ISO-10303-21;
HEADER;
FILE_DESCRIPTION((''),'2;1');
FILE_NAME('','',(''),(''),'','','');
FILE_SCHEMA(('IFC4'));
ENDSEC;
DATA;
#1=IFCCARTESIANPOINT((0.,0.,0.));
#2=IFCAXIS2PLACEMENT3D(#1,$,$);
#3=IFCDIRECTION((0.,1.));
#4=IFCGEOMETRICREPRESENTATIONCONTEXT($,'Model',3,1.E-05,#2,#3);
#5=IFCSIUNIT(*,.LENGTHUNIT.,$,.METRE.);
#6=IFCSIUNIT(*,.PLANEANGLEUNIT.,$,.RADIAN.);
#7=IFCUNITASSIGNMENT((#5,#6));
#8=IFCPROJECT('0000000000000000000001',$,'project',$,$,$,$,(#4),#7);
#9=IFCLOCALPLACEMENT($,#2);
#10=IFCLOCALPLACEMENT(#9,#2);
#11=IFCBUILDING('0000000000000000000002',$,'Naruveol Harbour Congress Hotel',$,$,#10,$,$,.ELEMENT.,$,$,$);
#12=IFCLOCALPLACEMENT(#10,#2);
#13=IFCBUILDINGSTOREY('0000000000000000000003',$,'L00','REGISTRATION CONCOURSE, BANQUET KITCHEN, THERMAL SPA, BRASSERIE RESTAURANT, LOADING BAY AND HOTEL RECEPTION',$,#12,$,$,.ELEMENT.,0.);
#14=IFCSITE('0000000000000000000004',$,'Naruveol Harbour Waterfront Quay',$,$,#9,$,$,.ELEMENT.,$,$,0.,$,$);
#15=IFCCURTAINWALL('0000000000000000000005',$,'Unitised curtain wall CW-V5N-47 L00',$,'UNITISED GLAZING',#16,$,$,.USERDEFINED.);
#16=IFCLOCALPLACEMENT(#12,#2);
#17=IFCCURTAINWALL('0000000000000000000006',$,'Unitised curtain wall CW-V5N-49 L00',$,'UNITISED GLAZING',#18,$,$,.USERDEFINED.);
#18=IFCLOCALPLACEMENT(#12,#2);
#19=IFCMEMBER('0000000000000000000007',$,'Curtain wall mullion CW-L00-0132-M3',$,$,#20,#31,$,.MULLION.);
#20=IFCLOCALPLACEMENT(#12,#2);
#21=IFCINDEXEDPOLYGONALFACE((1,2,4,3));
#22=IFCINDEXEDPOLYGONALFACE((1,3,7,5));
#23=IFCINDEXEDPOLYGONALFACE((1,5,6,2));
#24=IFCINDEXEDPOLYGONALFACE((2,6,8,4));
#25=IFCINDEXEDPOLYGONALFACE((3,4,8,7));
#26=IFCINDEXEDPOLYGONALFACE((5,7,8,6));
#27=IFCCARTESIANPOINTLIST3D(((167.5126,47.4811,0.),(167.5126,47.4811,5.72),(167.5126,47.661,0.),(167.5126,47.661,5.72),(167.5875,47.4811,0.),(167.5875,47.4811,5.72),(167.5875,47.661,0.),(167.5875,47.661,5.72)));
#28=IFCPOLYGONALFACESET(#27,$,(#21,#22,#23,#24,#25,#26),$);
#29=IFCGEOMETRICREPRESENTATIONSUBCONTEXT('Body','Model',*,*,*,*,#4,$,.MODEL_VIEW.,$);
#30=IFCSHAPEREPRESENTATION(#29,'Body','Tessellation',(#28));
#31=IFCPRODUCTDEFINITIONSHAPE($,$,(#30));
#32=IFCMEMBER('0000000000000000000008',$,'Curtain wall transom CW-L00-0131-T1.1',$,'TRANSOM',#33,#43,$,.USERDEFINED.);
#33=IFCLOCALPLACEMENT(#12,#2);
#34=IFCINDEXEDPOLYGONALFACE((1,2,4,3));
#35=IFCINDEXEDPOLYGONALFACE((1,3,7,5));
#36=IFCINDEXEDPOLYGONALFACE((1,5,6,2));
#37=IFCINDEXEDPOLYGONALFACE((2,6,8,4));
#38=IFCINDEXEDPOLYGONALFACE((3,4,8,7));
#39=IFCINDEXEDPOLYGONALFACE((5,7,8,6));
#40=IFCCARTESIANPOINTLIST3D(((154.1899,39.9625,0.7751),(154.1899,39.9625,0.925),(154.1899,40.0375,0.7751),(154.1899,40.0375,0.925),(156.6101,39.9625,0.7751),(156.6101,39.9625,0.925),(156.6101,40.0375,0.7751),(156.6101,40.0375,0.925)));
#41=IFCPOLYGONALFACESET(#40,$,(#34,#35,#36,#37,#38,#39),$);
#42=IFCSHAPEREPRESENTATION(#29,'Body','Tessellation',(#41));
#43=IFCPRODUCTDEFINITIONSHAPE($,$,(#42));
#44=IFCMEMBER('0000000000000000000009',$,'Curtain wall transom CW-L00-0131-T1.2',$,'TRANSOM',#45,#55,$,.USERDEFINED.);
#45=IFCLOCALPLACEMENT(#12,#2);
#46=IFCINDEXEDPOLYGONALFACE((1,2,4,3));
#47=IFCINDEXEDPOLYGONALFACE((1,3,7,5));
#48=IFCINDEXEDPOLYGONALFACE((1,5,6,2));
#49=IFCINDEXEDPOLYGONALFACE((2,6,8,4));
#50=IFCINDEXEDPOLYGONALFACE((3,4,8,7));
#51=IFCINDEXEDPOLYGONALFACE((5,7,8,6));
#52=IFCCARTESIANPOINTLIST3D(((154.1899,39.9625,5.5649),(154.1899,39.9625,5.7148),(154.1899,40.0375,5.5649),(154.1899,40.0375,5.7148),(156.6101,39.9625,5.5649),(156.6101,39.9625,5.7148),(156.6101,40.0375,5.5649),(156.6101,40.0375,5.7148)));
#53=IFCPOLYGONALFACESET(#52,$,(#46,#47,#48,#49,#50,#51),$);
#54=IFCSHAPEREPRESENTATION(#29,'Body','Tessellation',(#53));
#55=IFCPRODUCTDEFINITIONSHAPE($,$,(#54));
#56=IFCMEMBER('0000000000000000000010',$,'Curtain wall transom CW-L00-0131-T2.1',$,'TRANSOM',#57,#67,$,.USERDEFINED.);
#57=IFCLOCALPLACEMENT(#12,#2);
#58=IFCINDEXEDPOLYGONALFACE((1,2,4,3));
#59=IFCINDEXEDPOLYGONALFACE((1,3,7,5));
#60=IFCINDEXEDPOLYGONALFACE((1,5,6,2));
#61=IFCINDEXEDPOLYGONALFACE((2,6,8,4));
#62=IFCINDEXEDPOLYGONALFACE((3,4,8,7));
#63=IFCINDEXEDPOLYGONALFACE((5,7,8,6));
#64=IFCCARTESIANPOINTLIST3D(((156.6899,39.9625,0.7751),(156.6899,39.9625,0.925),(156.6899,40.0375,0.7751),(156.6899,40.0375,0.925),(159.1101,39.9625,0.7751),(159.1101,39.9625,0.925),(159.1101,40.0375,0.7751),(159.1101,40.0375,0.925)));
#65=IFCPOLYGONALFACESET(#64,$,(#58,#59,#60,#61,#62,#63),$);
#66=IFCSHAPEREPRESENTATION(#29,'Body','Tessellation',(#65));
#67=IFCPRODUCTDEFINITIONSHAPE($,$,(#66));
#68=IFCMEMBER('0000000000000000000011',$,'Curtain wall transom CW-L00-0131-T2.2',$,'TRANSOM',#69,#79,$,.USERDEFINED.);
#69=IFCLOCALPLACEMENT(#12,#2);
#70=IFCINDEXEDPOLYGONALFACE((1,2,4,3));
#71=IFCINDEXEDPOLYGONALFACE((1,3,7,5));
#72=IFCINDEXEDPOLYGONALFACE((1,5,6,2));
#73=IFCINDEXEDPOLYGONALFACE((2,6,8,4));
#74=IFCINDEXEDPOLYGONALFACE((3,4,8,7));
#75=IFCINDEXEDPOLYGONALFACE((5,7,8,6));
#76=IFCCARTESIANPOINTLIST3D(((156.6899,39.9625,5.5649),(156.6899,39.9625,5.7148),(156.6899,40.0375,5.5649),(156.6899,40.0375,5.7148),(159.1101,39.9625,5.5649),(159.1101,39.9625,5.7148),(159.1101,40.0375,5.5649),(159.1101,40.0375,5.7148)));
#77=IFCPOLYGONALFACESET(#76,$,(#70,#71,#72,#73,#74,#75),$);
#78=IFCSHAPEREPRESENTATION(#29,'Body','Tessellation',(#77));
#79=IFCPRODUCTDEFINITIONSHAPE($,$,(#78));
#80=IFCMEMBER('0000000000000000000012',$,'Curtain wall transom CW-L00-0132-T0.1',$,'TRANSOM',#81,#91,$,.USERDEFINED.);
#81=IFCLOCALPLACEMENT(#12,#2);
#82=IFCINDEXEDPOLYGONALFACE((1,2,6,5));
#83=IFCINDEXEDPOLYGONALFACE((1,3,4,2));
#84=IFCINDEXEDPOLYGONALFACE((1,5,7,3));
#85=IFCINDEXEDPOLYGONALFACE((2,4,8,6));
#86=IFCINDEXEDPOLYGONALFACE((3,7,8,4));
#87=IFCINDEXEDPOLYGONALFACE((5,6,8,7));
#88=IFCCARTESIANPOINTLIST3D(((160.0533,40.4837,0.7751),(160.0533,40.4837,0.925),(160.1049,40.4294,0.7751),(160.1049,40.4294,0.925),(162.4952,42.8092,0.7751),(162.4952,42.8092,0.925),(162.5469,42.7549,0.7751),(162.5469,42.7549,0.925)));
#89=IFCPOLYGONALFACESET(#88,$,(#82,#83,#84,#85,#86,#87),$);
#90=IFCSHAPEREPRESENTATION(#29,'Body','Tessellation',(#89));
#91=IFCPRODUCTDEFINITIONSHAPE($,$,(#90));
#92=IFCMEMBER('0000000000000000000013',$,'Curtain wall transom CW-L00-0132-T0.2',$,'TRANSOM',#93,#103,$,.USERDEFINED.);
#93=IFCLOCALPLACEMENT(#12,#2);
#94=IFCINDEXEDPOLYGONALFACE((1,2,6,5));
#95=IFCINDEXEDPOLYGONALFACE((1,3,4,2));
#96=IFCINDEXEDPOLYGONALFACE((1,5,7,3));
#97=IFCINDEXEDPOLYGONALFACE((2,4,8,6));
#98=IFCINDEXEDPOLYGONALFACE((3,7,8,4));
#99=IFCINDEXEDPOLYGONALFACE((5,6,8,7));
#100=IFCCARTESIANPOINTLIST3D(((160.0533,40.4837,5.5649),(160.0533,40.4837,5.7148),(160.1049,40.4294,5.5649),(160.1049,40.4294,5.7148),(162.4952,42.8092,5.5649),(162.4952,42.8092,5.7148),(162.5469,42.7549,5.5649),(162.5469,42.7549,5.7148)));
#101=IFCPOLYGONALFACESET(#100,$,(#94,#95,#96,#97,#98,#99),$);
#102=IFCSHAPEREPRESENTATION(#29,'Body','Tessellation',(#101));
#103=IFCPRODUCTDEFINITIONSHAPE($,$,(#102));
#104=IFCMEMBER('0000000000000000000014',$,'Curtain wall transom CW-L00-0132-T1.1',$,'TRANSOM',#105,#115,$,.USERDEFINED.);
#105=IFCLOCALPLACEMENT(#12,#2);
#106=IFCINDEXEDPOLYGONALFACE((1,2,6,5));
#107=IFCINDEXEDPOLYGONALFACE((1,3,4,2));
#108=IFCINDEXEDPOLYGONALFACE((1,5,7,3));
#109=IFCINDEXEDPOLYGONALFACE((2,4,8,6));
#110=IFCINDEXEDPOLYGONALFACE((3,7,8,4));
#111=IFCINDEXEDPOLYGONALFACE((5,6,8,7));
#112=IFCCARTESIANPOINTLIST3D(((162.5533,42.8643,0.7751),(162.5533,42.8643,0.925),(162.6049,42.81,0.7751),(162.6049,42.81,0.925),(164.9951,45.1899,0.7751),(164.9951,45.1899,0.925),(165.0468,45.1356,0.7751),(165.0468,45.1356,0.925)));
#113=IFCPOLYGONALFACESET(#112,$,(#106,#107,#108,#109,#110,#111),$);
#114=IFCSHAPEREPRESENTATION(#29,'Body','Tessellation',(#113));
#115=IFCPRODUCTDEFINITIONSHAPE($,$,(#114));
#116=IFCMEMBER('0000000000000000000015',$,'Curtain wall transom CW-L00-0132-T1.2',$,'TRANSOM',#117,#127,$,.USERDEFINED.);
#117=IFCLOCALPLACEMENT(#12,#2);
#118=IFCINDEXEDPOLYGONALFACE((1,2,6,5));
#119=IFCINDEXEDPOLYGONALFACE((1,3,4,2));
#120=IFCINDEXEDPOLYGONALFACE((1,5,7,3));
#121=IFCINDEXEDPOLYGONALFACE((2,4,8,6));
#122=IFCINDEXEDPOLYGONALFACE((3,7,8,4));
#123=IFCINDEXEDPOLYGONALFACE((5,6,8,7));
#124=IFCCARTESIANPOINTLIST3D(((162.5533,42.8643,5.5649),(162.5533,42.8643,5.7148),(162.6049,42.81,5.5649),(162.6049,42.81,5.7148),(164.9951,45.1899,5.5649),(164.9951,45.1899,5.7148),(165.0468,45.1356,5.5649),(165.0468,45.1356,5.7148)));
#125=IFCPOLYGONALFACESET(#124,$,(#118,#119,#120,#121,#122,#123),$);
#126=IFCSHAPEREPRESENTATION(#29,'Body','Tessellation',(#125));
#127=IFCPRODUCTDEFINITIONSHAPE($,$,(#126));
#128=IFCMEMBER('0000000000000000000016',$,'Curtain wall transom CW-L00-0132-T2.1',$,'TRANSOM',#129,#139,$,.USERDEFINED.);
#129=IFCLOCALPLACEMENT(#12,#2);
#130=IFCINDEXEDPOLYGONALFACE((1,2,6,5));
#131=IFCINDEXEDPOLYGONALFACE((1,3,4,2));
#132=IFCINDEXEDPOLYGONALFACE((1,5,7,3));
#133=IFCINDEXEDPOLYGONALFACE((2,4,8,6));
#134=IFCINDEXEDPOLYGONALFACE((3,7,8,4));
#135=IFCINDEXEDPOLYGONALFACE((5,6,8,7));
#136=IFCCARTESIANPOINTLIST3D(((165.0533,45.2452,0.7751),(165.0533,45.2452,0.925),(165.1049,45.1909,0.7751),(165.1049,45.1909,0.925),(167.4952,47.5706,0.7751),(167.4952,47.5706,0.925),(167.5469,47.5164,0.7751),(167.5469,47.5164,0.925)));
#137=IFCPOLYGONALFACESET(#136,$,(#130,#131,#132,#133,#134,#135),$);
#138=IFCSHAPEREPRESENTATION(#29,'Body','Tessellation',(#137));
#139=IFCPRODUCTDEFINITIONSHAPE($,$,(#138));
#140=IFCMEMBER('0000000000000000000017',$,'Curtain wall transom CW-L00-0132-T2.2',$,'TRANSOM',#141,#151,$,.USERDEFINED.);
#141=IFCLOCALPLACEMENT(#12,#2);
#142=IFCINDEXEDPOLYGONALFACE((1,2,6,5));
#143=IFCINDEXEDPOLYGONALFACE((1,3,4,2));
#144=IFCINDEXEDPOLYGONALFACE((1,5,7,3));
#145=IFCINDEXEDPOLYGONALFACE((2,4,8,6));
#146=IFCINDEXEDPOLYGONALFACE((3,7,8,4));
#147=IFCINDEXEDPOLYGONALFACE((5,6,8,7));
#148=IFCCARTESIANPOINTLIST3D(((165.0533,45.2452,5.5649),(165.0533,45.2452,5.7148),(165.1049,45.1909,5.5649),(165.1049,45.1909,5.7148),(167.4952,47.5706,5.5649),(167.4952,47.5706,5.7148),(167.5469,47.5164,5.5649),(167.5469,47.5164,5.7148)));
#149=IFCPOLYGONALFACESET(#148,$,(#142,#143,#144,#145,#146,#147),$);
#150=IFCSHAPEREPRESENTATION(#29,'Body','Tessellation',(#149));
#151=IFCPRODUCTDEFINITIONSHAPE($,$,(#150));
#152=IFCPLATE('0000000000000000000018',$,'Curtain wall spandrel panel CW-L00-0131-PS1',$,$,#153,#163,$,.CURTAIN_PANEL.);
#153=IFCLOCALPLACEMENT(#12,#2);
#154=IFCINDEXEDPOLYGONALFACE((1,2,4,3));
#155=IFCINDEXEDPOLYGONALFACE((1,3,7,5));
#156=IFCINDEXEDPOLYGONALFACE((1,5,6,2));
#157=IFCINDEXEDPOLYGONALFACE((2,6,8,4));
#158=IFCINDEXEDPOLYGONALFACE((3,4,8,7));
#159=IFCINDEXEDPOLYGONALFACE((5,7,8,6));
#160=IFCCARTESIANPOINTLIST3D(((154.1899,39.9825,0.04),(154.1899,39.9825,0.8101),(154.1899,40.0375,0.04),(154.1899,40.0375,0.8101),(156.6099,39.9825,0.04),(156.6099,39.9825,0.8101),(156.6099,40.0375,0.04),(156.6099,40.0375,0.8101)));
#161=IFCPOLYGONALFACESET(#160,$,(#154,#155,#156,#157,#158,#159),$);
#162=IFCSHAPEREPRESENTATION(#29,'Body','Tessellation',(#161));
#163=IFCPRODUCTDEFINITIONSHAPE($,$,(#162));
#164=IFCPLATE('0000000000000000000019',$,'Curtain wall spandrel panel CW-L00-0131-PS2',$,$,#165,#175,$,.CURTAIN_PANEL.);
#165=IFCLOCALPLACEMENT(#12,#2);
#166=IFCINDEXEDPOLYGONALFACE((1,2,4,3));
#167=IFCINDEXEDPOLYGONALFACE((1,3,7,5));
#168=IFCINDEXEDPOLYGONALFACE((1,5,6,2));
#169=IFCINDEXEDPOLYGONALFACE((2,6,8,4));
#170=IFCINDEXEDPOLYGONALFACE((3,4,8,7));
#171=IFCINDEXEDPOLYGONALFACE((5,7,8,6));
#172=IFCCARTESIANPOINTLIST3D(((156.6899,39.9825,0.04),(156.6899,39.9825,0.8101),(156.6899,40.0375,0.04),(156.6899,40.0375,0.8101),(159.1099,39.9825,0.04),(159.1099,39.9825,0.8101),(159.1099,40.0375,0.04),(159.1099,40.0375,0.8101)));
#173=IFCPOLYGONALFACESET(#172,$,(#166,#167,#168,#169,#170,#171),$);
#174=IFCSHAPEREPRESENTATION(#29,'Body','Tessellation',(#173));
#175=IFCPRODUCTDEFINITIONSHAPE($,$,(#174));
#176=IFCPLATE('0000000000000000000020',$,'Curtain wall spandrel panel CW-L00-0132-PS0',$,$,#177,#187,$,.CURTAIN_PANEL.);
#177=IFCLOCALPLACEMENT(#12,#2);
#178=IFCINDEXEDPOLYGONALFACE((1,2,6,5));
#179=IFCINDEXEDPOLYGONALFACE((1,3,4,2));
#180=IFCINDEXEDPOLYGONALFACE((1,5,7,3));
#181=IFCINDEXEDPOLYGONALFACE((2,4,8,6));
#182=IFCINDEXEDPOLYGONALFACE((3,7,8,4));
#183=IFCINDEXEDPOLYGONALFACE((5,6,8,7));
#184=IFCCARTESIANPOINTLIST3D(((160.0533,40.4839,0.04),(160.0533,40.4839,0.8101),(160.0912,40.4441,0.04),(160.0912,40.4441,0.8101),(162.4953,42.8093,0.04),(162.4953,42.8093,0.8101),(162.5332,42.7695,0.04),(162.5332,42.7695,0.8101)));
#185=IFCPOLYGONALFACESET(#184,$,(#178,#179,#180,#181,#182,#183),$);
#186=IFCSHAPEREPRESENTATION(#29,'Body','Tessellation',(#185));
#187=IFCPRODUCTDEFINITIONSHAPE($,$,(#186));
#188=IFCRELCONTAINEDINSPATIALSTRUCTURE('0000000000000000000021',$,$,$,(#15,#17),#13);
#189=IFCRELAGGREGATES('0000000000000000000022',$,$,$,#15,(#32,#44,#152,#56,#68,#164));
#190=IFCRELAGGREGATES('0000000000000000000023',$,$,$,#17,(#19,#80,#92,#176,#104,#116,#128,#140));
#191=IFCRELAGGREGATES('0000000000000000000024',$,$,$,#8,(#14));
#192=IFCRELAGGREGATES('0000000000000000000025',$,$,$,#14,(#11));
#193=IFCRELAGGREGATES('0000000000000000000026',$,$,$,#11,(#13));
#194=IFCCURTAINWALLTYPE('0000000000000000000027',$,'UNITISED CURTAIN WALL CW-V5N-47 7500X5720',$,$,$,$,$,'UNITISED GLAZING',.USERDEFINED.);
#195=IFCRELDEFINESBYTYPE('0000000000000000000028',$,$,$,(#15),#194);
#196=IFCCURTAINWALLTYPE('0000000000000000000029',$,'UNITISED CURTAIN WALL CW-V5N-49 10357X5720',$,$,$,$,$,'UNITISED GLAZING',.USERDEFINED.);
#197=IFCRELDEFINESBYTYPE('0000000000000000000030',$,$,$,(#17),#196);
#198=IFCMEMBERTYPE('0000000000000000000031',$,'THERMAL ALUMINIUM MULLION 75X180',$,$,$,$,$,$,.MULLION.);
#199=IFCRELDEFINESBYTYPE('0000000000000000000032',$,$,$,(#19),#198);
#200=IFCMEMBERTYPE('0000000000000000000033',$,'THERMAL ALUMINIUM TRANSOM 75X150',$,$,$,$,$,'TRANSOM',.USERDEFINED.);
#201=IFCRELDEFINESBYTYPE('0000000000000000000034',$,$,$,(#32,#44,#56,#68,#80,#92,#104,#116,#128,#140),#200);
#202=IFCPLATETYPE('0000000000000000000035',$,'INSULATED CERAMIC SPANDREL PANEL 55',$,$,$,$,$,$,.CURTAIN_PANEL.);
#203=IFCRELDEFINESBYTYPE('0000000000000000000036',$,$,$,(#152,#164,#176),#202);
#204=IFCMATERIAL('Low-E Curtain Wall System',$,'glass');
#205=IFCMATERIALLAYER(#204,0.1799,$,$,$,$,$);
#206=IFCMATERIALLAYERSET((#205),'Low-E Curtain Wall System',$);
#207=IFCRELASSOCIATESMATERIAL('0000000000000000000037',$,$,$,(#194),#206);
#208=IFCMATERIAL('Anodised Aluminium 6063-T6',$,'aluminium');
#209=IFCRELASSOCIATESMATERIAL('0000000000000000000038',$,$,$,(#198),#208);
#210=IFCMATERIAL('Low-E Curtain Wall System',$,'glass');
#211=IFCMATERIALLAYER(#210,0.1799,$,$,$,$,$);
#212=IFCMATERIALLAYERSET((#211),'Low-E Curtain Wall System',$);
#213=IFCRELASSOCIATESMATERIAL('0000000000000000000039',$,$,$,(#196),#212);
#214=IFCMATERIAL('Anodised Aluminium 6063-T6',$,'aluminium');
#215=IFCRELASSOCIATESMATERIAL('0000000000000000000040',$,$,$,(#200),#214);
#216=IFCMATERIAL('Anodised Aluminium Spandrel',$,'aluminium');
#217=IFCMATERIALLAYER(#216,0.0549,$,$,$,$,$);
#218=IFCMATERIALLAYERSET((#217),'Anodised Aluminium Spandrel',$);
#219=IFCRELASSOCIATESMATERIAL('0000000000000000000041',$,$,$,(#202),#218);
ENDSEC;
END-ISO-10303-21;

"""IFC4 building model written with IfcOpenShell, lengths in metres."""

from ifc_helpers import new_model, si_unit, direction, frame, origin, origin_2d, place, context, subcontext, project, spatial, rectangle, extrude, material, layer, layer_set, material_profile, profile_set, type_object, element, aggregate, save


model = new_model("IFC4")

# Units and contexts
model_context = context("Model", 3, precision=1e-05, world=origin(), true_north=direction((0.0, 1.0)))
body_context = subcontext(model_context, "Body", "Model", "MODEL_VIEW")
ifc_project = project(units=[si_unit("LENGTHUNIT", "METRE"), si_unit("PLANEANGLEUNIT", "RADIAN")], contexts=[model_context])

# Site, building, storey
site_placement = place(None, origin())
site = spatial("IfcSite", under=ifc_project, at=site_placement, Name="Naruveol Harbour Waterfront Quay", CompositionType="ELEMENT", RefElevation=0.0)
building_placement = place(site_placement, origin())
building = spatial("IfcBuilding", under=site, at=building_placement, Name="Naruveol Harbour Congress Hotel", CompositionType="ELEMENT")
storey_placement = place(building_placement, origin())
storey = spatial("IfcBuildingStorey", under=building, at=storey_placement, Name="L00", Description="REGISTRATION CONCOURSE, BANQUET KITCHEN, THERMAL SPA, BRASSERIE RESTAURANT, LOADING BAY AND HOTEL RECEPTION", CompositionType="ELEMENT", Elevation=0.0)

# Curtain walls, member
ifc_material_1 = material(Name="Low-E Curtain Wall System", Category="glass")
ifc_layer_1 = layer(ifc_material_1, 0.1799)
ifc_layer_set_1 = layer_set([ifc_layer_1], Name="Low-E Curtain Wall System")
curtain_wall_type_1 = type_object("IfcCurtainWallType", Name="UNITISED CURTAIN WALL CW-V5N-47 7500X5720", ElementType="UNITISED GLAZING", PredefinedType="USERDEFINED", material=ifc_layer_set_1)
curtain_wall_1_placement = place(storey_placement, origin())
curtain_wall_1 = element("IfcCurtainWall", 1, at=curtain_wall_1_placement, inside=storey, type_object=curtain_wall_type_1, Name="Unitised curtain wall CW-V5N-47 L00", ObjectType="UNITISED GLAZING", PredefinedType="USERDEFINED")
ifc_material_2 = material(Name="Anodised Aluminium 6063-T6", Category="aluminium")
ifc_material_profile_1 = material_profile(ifc_material_2, rectangle(XDim=0.075, YDim=0.1799, at=origin_2d()), Name="ALU-75x180")
ifc_profile_set_1 = profile_set([ifc_material_profile_1], Name="Anodised Aluminium 6063-T6")
member_type_1 = type_object("IfcMemberType", Name="THERMAL ALUMINIUM MULLION 75X180", PredefinedType="MULLION", material=ifc_profile_set_1)
ifc_material_3 = material(Name="Low-E Curtain Wall System", Category="glass")
ifc_layer_2 = layer(ifc_material_3, 0.1799)
ifc_layer_set_2 = layer_set([ifc_layer_2], Name="Low-E Curtain Wall System")
curtain_wall_type_2 = type_object("IfcCurtainWallType", Name="UNITISED CURTAIN WALL CW-V5N-49 10357X5720", ElementType="UNITISED GLAZING", PredefinedType="USERDEFINED", material=ifc_layer_set_2)
curtain_wall_2_placement = place(storey_placement, origin())
curtain_wall_2 = element("IfcCurtainWall", 2, at=curtain_wall_2_placement, inside=storey, type_object=curtain_wall_type_2, Name="Unitised curtain wall CW-V5N-49 L00", ObjectType="UNITISED GLAZING", PredefinedType="USERDEFINED")
member_1_placement = place(storey_placement, frame((167.55, 47.571, 0.0), z_axis=(0.0, 0.0, 1.0), x_axis=(1.0, 0.0, 0.0)))
member_1 = element("IfcMember", 3, at=member_1_placement, type_object=member_type_1, Name="Curtain wall mullion CW-L00-0132-M3", PredefinedType="MULLION", context=body_context, shape_type="SweptSolid", body=[
    extrude(rectangle(XDim=0.075, YDim=0.1799, at=origin_2d()), origin(), (0.0, 0.0, 1.0), 5.72),
])

# Members
ifc_material_4 = material(Name="Anodised Aluminium 6063-T6", Category="aluminium")
ifc_material_profile_2 = material_profile(ifc_material_4, rectangle(XDim=0.075, YDim=0.1499, at=origin_2d()), Name="ALU-75x150")
ifc_profile_set_2 = profile_set([ifc_material_profile_2], Name="Anodised Aluminium 6063-T6")
member_type_2 = type_object("IfcMemberType", Name="THERMAL ALUMINIUM TRANSOM 75X150", ElementType="TRANSOM", PredefinedType="USERDEFINED", material=ifc_profile_set_2)
member_2_placement = place(storey_placement, frame((154.1899, 40.0, 0.8501), z_axis=(1.0, 0.0, 0.0), x_axis=(0.0, 1.0, 0.0)))
member_2 = element("IfcMember", 4, at=member_2_placement, type_object=member_type_2, Name="Curtain wall transom CW-L00-0131-T1.1", ObjectType="TRANSOM", PredefinedType="USERDEFINED", context=body_context, shape_type="SweptSolid", body=[
    extrude(rectangle(XDim=0.075, YDim=0.1499, at=origin_2d()), origin(), (0.0, 0.0, 1.0), 2.4202),
])
member_3_placement = place(storey_placement, frame((154.1899, 40.0, 5.6399), z_axis=(1.0, 0.0, 0.0), x_axis=(0.0, 1.0, 0.0)))
member_3 = element("IfcMember", 5, at=member_3_placement, type_object=member_type_2, Name="Curtain wall transom CW-L00-0131-T1.2", ObjectType="TRANSOM", PredefinedType="USERDEFINED", context=body_context, shape_type="SweptSolid", body=[
    extrude(rectangle(XDim=0.075, YDim=0.1499, at=origin_2d()), origin(), (0.0, 0.0, 1.0), 2.4202),
])
member_4_placement = place(storey_placement, frame((156.6899, 40.0, 0.8501), z_axis=(1.0, 0.0, 0.0), x_axis=(0.0, 1.0, 0.0)))
member_4 = element("IfcMember", 6, at=member_4_placement, type_object=member_type_2, Name="Curtain wall transom CW-L00-0131-T2.1", ObjectType="TRANSOM", PredefinedType="USERDEFINED", context=body_context, shape_type="SweptSolid", body=[
    extrude(rectangle(XDim=0.075, YDim=0.1499, at=origin_2d()), origin(), (0.0, 0.0, 1.0), 2.4202),
])
member_5_placement = place(storey_placement, frame((156.6899, 40.0, 5.6399), z_axis=(1.0, 0.0, 0.0), x_axis=(0.0, 1.0, 0.0)))
member_5 = element("IfcMember", 7, at=member_5_placement, type_object=member_type_2, Name="Curtain wall transom CW-L00-0131-T2.2", ObjectType="TRANSOM", PredefinedType="USERDEFINED", context=body_context, shape_type="SweptSolid", body=[
    extrude(rectangle(XDim=0.075, YDim=0.1499, at=origin_2d()), origin(), (0.0, 0.0, 1.0), 2.4202),
])
member_6_placement = place(storey_placement, frame((160.0791, 40.4565, 0.8501), z_axis=(0.724164, 0.689628, 0.0), x_axis=(-0.689628, 0.724164, 0.0)))
member_6 = element("IfcMember", 8, at=member_6_placement, type_object=member_type_2, Name="Curtain wall transom CW-L00-0132-T0.1", ObjectType="TRANSOM", PredefinedType="USERDEFINED", context=body_context, shape_type="SweptSolid", body=[
    extrude(rectangle(XDim=0.075, YDim=0.1499, at=origin_2d()), origin(), (0.0, 0.0, 1.0), 3.3721),
])
member_7_placement = place(storey_placement, frame((160.0791, 40.4565, 5.6399), z_axis=(0.724164, 0.689628, 0.0), x_axis=(-0.689628, 0.724164, 0.0)))
member_7 = element("IfcMember", 9, at=member_7_placement, type_object=member_type_2, Name="Curtain wall transom CW-L00-0132-T0.2", ObjectType="TRANSOM", PredefinedType="USERDEFINED", context=body_context, shape_type="SweptSolid", body=[
    extrude(rectangle(XDim=0.075, YDim=0.1499, at=origin_2d()), origin(), (0.0, 0.0, 1.0), 3.3721),
])
member_8_placement = place(storey_placement, frame((162.5791, 42.8372, 0.8501), z_axis=(0.724128, 0.689666, 0.0), x_axis=(-0.689666, 0.724128, 0.0)))
member_8 = element("IfcMember", 10, at=member_8_placement, type_object=member_type_2, Name="Curtain wall transom CW-L00-0132-T1.1", ObjectType="TRANSOM", PredefinedType="USERDEFINED", context=body_context, shape_type="SweptSolid", body=[
    extrude(rectangle(XDim=0.075, YDim=0.1499, at=origin_2d()), origin(), (0.0, 0.0, 1.0), 3.3721),
])
member_9_placement = place(storey_placement, frame((162.5791, 42.8372, 5.6399), z_axis=(0.724128, 0.689666, 0.0), x_axis=(-0.689666, 0.724128, 0.0)))
member_9 = element("IfcMember", 11, at=member_9_placement, type_object=member_type_2, Name="Curtain wall transom CW-L00-0132-T1.2", ObjectType="TRANSOM", PredefinedType="USERDEFINED", context=body_context, shape_type="SweptSolid", body=[
    extrude(rectangle(XDim=0.075, YDim=0.1499, at=origin_2d()), origin(), (0.0, 0.0, 1.0), 3.3721),
])
member_10_placement = place(storey_placement, frame((165.0791, 45.218, 0.8501), z_axis=(0.724164, 0.689628, 0.0), x_axis=(-0.689628, 0.724164, 0.0)))
member_10 = element("IfcMember", 12, at=member_10_placement, type_object=member_type_2, Name="Curtain wall transom CW-L00-0132-T2.1", ObjectType="TRANSOM", PredefinedType="USERDEFINED", context=body_context, shape_type="SweptSolid", body=[
    extrude(rectangle(XDim=0.075, YDim=0.1499, at=origin_2d()), origin(), (0.0, 0.0, 1.0), 3.3721),
])
member_11_placement = place(storey_placement, frame((165.0791, 45.218, 5.6399), z_axis=(0.724164, 0.689628, 0.0), x_axis=(-0.689628, 0.724164, 0.0)))
member_11 = element("IfcMember", 13, at=member_11_placement, type_object=member_type_2, Name="Curtain wall transom CW-L00-0132-T2.2", ObjectType="TRANSOM", PredefinedType="USERDEFINED", context=body_context, shape_type="SweptSolid", body=[
    extrude(rectangle(XDim=0.075, YDim=0.1499, at=origin_2d()), origin(), (0.0, 0.0, 1.0), 3.3721),
])

# Plates
ifc_material_5 = material(Name="Anodised Aluminium Spandrel", Category="aluminium")
ifc_layer_3 = layer(ifc_material_5, 0.0549)
ifc_layer_set_3 = layer_set([ifc_layer_3], Name="Anodised Aluminium Spandrel")
plate_type_1 = type_object("IfcPlateType", Name="INSULATED CERAMIC SPANDREL PANEL 55", PredefinedType="CURTAIN_PANEL", material=ifc_layer_set_3)
plate_1_placement = place(storey_placement, frame((155.3999, 40.01, 0.04), z_axis=(0.0, 0.0, 1.0), x_axis=(1.0, 0.0, 0.0)))
plate_1 = element("IfcPlate", 14, at=plate_1_placement, type_object=plate_type_1, Name="Curtain wall spandrel panel CW-L00-0131-PS1", PredefinedType="CURTAIN_PANEL", context=body_context, shape_type="SweptSolid", body=[
    extrude(rectangle(XDim=2.4199, YDim=0.0549, at=origin_2d()), origin(), (0.0, 0.0, 1.0), 0.77),
])
plate_2_placement = place(storey_placement, frame((157.8999, 40.01, 0.04), z_axis=(0.0, 0.0, 1.0), x_axis=(1.0, 0.0, 0.0)))
plate_2 = element("IfcPlate", 15, at=plate_2_placement, type_object=plate_type_1, Name="Curtain wall spandrel panel CW-L00-0131-PS2", PredefinedType="CURTAIN_PANEL", context=body_context, shape_type="SweptSolid", body=[
    extrude(rectangle(XDim=2.4199, YDim=0.0549, at=origin_2d()), origin(), (0.0, 0.0, 1.0), 0.77),
])
plate_3_placement = place(storey_placement, frame((161.2932, 41.6267, 0.04), z_axis=(0.0, 0.0, 1.0), x_axis=(0.724184, 0.689607, 0.0)))
plate_3 = element("IfcPlate", 16, at=plate_3_placement, type_object=plate_type_1, Name="Curtain wall spandrel panel CW-L00-0132-PS0", PredefinedType="CURTAIN_PANEL", context=body_context, shape_type="SweptSolid", body=[
    extrude(rectangle(XDim=3.3721, YDim=0.0549, at=origin_2d()), origin(), (0.0, 0.0, 1.0), 0.77),
])
aggregate(curtain_wall_1, [member_2, member_3, plate_1, member_4, member_5, plate_2])
aggregate(curtain_wall_2, [member_1, member_6, member_7, plate_3, member_8, member_9, member_10, member_11])

save(model, "model.ifc")
